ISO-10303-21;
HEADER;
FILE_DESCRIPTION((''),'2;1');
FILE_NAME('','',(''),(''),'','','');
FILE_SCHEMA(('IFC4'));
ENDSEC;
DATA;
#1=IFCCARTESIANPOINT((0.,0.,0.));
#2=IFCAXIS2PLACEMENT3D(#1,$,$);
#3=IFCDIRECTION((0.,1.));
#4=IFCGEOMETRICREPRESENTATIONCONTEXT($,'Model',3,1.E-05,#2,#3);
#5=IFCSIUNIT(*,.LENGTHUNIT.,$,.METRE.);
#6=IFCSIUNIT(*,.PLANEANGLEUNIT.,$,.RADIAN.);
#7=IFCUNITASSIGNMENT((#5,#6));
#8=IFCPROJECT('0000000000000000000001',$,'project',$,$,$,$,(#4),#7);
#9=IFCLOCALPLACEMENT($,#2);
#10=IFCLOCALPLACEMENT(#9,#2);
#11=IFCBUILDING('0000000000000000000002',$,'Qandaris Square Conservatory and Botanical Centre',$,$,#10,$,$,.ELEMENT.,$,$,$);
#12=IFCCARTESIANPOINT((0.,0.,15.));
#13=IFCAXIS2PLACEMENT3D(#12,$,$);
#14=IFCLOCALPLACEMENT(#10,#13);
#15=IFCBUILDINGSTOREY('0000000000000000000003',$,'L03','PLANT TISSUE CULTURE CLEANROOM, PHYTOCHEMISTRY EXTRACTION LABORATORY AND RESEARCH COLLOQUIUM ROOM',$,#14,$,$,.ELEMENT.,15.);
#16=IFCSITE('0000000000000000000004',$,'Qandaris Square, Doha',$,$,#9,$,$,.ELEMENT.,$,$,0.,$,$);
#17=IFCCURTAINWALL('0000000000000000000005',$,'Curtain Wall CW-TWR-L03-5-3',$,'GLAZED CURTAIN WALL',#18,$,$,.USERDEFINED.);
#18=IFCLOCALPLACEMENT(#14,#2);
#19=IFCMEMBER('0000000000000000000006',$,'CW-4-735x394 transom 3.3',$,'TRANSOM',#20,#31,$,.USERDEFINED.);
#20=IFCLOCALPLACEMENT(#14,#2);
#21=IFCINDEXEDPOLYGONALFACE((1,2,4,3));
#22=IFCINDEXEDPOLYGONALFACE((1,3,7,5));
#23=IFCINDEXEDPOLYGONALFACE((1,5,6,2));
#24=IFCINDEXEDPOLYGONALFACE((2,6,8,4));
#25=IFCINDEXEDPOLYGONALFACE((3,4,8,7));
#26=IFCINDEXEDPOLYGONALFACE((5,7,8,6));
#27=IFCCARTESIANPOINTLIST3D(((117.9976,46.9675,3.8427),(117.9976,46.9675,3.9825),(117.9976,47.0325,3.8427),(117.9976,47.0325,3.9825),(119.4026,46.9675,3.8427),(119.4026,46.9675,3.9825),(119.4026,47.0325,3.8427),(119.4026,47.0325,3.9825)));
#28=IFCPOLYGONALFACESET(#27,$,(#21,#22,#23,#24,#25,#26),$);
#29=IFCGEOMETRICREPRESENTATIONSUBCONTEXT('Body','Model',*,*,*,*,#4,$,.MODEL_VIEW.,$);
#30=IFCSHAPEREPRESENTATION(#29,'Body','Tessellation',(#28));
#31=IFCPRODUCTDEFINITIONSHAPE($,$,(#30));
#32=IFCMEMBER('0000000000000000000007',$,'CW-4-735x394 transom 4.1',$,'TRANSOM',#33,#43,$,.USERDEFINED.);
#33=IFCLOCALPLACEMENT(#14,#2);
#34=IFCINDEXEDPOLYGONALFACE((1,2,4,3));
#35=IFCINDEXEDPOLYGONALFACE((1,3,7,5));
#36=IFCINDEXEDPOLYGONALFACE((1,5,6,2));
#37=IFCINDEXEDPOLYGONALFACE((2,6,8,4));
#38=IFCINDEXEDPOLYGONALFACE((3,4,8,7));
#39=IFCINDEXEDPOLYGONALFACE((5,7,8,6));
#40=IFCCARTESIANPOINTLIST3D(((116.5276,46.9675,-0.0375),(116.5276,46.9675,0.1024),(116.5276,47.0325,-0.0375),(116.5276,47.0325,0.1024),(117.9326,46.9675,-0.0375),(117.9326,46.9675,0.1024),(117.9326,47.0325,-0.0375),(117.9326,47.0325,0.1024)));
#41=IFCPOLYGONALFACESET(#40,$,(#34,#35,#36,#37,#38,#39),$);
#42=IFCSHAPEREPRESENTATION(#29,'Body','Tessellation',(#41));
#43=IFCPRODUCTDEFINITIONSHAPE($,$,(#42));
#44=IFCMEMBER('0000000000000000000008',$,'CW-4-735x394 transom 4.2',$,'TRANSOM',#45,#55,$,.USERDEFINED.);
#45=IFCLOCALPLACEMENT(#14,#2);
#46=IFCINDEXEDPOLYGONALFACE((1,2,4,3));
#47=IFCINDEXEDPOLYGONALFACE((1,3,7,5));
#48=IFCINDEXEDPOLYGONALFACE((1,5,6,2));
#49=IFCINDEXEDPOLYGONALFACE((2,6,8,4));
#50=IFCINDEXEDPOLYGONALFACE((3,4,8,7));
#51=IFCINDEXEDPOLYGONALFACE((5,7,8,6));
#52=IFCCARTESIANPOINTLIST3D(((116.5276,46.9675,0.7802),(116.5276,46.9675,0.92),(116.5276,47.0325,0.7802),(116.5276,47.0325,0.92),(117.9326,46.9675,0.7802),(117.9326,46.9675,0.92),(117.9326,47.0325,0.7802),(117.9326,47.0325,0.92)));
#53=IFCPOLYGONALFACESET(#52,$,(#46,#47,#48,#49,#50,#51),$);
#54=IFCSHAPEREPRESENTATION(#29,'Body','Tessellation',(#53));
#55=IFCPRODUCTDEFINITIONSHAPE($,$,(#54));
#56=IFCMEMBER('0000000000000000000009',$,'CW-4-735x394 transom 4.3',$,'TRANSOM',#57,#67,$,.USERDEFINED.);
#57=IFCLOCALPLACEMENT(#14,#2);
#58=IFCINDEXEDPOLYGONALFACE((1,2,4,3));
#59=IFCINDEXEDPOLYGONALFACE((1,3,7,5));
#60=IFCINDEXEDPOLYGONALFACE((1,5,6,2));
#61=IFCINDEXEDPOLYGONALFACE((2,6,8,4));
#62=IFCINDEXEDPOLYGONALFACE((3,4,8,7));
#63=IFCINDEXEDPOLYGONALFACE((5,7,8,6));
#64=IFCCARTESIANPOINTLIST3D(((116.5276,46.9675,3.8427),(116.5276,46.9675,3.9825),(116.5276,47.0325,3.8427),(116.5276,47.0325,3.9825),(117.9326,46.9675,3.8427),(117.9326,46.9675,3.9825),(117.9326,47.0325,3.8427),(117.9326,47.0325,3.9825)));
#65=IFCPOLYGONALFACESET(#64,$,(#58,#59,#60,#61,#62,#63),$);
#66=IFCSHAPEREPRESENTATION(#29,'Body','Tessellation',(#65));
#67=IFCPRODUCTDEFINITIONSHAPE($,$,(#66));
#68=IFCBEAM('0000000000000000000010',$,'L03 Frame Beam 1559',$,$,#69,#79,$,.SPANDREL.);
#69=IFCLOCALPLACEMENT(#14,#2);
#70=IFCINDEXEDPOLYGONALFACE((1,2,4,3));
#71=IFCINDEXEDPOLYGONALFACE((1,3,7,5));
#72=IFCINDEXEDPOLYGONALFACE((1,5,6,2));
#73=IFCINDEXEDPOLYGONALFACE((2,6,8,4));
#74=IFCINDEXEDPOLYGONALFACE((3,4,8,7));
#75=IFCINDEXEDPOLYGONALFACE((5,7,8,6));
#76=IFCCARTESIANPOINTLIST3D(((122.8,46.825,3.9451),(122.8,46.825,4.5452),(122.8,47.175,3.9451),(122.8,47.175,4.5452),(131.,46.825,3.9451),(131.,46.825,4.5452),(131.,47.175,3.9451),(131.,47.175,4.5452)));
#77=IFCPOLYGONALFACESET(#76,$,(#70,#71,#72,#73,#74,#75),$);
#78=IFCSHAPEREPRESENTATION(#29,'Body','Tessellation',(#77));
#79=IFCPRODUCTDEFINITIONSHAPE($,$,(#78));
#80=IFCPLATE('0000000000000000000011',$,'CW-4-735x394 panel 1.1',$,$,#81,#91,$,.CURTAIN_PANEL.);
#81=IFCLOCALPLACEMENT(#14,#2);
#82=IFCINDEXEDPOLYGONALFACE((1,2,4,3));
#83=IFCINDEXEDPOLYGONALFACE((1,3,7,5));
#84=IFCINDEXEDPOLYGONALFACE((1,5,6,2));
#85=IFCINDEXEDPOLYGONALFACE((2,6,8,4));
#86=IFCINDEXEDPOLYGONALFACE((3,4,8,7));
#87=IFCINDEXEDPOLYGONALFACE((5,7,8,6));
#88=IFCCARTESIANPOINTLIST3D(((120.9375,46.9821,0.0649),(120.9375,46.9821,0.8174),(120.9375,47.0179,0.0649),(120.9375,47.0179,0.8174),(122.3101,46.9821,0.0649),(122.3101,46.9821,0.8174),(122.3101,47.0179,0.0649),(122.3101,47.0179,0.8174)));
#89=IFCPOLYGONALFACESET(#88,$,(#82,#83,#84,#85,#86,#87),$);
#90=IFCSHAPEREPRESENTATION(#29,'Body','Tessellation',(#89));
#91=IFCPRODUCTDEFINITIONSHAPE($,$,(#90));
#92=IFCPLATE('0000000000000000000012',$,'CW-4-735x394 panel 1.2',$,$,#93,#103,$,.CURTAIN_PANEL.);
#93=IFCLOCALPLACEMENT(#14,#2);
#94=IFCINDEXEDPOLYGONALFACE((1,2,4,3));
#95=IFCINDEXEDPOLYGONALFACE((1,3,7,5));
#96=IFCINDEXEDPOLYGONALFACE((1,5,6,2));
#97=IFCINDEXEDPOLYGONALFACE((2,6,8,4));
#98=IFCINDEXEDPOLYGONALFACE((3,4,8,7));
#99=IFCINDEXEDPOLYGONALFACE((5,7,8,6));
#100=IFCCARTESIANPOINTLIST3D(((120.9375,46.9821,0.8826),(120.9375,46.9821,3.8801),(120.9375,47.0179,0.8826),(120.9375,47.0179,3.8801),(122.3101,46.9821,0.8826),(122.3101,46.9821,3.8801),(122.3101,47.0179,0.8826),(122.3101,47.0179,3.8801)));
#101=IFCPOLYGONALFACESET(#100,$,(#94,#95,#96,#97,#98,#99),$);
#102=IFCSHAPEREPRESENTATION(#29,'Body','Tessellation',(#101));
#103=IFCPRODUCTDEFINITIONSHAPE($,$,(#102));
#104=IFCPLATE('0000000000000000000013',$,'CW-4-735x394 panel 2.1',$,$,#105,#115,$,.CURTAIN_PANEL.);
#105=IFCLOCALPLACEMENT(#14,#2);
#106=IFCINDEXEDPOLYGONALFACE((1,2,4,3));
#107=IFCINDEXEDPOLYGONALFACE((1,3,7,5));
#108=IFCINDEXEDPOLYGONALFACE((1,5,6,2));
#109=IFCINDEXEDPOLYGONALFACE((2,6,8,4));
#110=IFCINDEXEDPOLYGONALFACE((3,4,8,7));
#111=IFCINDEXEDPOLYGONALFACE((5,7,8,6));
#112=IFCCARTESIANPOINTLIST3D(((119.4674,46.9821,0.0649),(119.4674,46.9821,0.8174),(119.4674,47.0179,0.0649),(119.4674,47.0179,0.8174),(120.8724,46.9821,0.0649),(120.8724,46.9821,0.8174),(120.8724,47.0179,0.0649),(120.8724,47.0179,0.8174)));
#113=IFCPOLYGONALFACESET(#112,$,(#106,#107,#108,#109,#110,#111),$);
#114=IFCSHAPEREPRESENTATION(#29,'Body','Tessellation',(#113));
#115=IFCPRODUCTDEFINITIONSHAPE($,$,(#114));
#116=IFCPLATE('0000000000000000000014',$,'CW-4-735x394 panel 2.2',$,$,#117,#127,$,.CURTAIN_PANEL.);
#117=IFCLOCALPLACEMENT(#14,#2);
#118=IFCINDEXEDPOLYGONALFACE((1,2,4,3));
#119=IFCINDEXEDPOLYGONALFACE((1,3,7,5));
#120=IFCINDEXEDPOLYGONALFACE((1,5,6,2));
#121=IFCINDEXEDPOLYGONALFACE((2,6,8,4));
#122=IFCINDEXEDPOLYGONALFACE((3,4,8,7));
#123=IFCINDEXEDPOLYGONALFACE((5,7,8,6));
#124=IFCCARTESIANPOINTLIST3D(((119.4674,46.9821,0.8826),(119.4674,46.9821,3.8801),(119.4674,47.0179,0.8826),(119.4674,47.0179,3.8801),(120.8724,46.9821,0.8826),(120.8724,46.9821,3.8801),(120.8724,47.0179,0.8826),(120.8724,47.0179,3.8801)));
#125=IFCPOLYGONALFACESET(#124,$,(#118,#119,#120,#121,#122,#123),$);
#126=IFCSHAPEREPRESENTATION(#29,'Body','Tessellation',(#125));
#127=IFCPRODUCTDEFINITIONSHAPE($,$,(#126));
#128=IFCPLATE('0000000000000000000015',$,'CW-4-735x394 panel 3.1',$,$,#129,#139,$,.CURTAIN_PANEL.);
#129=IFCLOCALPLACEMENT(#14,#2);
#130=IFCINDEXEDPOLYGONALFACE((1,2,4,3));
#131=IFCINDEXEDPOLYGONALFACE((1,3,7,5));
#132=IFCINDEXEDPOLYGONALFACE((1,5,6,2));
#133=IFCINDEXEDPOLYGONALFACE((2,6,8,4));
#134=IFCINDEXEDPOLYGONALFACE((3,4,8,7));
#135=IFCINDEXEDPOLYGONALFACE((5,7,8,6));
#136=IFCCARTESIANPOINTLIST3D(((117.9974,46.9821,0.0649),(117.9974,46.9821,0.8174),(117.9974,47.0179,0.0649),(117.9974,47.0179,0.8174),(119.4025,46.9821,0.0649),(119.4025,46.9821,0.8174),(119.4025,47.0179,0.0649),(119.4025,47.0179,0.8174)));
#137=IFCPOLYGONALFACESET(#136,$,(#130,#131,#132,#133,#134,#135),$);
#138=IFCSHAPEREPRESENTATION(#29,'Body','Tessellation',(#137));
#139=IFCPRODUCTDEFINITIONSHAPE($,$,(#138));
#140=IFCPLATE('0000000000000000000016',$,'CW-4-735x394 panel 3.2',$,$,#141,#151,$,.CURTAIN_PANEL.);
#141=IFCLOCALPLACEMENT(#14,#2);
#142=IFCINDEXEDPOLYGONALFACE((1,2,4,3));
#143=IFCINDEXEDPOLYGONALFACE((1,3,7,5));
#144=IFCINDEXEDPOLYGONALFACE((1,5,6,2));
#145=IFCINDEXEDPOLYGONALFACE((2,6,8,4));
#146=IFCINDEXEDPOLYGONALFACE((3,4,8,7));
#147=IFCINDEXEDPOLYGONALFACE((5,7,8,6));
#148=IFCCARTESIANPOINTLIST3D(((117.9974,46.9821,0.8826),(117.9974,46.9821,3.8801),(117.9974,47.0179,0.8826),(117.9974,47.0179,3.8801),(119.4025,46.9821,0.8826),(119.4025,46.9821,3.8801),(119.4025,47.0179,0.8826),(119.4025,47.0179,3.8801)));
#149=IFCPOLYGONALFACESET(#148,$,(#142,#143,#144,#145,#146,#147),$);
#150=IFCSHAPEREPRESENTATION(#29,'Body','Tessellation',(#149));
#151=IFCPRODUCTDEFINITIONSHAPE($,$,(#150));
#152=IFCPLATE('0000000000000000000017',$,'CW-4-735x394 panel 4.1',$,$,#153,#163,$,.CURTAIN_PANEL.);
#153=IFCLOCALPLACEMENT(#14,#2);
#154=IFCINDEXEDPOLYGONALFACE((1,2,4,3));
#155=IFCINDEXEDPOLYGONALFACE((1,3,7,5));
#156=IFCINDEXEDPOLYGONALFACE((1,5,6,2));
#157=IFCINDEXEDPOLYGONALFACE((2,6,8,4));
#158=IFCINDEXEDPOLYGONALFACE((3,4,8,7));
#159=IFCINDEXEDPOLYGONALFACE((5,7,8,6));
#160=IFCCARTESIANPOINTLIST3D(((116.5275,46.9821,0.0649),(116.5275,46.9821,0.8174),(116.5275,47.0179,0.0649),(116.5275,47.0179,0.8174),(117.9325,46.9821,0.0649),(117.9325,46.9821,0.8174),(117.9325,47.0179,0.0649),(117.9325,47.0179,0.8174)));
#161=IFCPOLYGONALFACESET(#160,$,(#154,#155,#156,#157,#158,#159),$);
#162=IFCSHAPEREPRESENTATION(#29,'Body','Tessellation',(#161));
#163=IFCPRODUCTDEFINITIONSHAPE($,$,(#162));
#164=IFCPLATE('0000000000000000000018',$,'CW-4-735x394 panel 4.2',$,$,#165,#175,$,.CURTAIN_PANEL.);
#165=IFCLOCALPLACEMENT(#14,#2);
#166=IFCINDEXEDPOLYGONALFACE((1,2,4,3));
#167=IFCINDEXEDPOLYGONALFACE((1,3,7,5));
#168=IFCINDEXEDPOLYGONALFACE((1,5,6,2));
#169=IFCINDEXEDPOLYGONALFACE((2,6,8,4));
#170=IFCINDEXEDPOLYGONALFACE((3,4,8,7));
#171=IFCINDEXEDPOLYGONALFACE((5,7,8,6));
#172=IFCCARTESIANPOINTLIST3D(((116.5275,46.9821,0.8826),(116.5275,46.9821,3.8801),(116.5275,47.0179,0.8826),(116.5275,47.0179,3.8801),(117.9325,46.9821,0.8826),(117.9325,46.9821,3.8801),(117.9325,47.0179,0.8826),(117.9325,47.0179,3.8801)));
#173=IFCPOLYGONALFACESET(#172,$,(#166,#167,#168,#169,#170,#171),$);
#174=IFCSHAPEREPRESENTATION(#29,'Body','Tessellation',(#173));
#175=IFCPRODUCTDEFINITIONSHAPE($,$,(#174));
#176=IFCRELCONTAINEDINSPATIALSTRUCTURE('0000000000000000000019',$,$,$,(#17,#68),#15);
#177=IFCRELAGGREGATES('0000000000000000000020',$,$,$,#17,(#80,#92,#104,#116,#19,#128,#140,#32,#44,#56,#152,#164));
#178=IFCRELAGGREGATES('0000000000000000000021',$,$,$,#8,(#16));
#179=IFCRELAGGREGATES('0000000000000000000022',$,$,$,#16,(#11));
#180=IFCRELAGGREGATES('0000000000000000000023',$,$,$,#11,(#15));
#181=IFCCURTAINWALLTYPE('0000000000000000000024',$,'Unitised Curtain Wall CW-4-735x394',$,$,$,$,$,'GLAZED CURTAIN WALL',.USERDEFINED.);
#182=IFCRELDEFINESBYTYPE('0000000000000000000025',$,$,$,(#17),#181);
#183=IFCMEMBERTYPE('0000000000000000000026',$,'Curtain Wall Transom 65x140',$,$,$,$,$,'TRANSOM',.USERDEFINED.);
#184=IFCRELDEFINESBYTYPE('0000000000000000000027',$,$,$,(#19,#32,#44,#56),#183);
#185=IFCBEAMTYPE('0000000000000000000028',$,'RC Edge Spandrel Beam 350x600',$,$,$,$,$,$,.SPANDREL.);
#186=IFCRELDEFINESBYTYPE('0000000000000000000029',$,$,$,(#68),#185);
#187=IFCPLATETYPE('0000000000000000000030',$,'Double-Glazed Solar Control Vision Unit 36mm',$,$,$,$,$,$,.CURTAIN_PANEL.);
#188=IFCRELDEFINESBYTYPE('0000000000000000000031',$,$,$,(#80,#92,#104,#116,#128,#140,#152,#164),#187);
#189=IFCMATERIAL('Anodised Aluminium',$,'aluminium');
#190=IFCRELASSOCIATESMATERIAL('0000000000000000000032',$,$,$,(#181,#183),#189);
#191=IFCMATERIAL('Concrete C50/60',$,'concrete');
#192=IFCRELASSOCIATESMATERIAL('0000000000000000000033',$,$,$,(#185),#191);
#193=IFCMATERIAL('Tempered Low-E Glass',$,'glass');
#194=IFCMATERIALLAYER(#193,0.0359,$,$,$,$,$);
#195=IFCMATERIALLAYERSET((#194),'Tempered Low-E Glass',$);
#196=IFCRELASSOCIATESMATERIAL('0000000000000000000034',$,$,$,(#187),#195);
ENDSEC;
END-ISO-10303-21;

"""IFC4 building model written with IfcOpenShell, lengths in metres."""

from ifc_helpers import new_model, si_unit, direction, frame, origin, origin_2d, place, context, subcontext, project, spatial, rectangle, extrude, material, layer, layer_set, material_profile, profile_set, type_object, element, aggregate, save


model = new_model("IFC4")

# Units and contexts
model_context = context("Model", 3, precision=1e-05, world=origin(), true_north=direction((0.0, 1.0)))
body_context = subcontext(model_context, "Body", "Model", "MODEL_VIEW")
ifc_project = project(units=[si_unit("LENGTHUNIT", "METRE"), si_unit("PLANEANGLEUNIT", "RADIAN")], contexts=[model_context])

# Site, building, storey
site_placement = place(None, origin())
site = spatial("IfcSite", under=ifc_project, at=site_placement, Name="Qandaris Square, Doha", CompositionType="ELEMENT", RefElevation=0.0)
building_placement = place(site_placement, origin())
building = spatial("IfcBuilding", under=site, at=building_placement, Name="Qandaris Square Conservatory and Botanical Centre", CompositionType="ELEMENT")
storey_placement = place(building_placement, frame((0.0, 0.0, 15.0)))
storey = spatial("IfcBuildingStorey", under=building, at=storey_placement, Name="L03", Description="PLANT TISSUE CULTURE CLEANROOM, PHYTOCHEMISTRY EXTRACTION LABORATORY AND RESEARCH COLLOQUIUM ROOM", CompositionType="ELEMENT", Elevation=15.0)

# Shared definitions
ifc_material_1 = material(Name="Concrete C50/60", Category="concrete")

# Curtain wall, members
ifc_material_2 = material(Name="Anodised Aluminium", Category="aluminium")
curtain_wall_type = type_object("IfcCurtainWallType", Name="Unitised Curtain Wall CW-4-735x394", ElementType="GLAZED CURTAIN WALL", PredefinedType="USERDEFINED", material=ifc_material_2)
curtain_wall_placement = place(storey_placement, origin())
curtain_wall = element("IfcCurtainWall", 1, at=curtain_wall_placement, inside=storey, type_object=curtain_wall_type, Name="Curtain Wall CW-TWR-L03-5-3", ObjectType="GLAZED CURTAIN WALL", PredefinedType="USERDEFINED")
ifc_material_profile_1 = material_profile(ifc_material_2, rectangle(XDim=0.0649, YDim=0.1399, at=origin_2d()), Name="ALU-TRN 65x140")
ifc_profile_set_1 = profile_set([ifc_material_profile_1], Name="Anodised Aluminium")
member_type_1 = type_object("IfcMemberType", Name="Curtain Wall Transom 65x140", ElementType="TRANSOM", PredefinedType="USERDEFINED", material=ifc_profile_set_1)
member_1_placement = place(storey_placement, frame((119.4026, 47.0, 3.9126), z_axis=(-1.0, 0.0, 0.0), x_axis=(0.0, -1.0, 0.0)))
member_1 = element("IfcMember", 2, at=member_1_placement, type_object=member_type_1, Name="CW-4-735x394 transom 3.3", ObjectType="TRANSOM", PredefinedType="USERDEFINED", context=body_context, shape_type="SweptSolid", body=[
    extrude(rectangle(XDim=0.0649, YDim=0.1399, at=origin_2d()), origin(), (0.0, 0.0, 1.0), 1.405),
])
member_2_placement = place(storey_placement, frame((117.9326, 47.0, 0.0325), z_axis=(-1.0, 0.0, 0.0), x_axis=(0.0, -1.0, 0.0)))
member_2 = element("IfcMember", 3, at=member_2_placement, type_object=member_type_1, Name="CW-4-735x394 transom 4.1", ObjectType="TRANSOM", PredefinedType="USERDEFINED", context=body_context, shape_type="SweptSolid", body=[
    extrude(rectangle(XDim=0.0649, YDim=0.1399, at=origin_2d()), origin(), (0.0, 0.0, 1.0), 1.405),
])
member_3_placement = place(storey_placement, frame((117.9326, 47.0, 0.8501), z_axis=(-1.0, 0.0, 0.0), x_axis=(0.0, -1.0, 0.0)))
member_3 = element("IfcMember", 4, at=member_3_placement, type_object=member_type_1, Name="CW-4-735x394 transom 4.2", ObjectType="TRANSOM", PredefinedType="USERDEFINED", context=body_context, shape_type="SweptSolid", body=[
    extrude(rectangle(XDim=0.0649, YDim=0.1399, at=origin_2d()), origin(), (0.0, 0.0, 1.0), 1.405),
])
member_4_placement = place(storey_placement, frame((117.9326, 47.0, 3.9126), z_axis=(-1.0, 0.0, 0.0), x_axis=(0.0, -1.0, 0.0)))
member_4 = element("IfcMember", 5, at=member_4_placement, type_object=member_type_1, Name="CW-4-735x394 transom 4.3", ObjectType="TRANSOM", PredefinedType="USERDEFINED", context=body_context, shape_type="SweptSolid", body=[
    extrude(rectangle(XDim=0.0649, YDim=0.1399, at=origin_2d()), origin(), (0.0, 0.0, 1.0), 1.405),
])

# Beam
ifc_material_profile_2 = material_profile(ifc_material_1, rectangle(XDim=0.3501, YDim=0.6001, at=origin_2d()), Name="RC-SP 350x600")
ifc_profile_set_2 = profile_set([ifc_material_profile_2], Name="Concrete C50/60")
beam_type = type_object("IfcBeamType", Name="RC Edge Spandrel Beam 350x600", PredefinedType="SPANDREL", material=ifc_profile_set_2)
beam_placement = place(storey_placement, frame((122.8, 47.0, 4.2451), z_axis=(1.0, 0.0, 0.0), x_axis=(0.0, 1.0, 0.0)))
element("IfcBeam", 6, at=beam_placement, inside=storey, type_object=beam_type, Name="L03 Frame Beam 1559", PredefinedType="SPANDREL", context=body_context, shape_type="SweptSolid", body=[
    extrude(rectangle(XDim=0.3501, YDim=0.6001, at=origin_2d()), origin(), (0.0, 0.0, 1.0), 8.2),
])

# Plates
ifc_material_3 = material(Name="Tempered Low-E Glass", Category="glass")
ifc_layer_1 = layer(ifc_material_3, 0.0359)
ifc_layer_set_1 = layer_set([ifc_layer_1], Name="Tempered Low-E Glass")
plate_type = type_object("IfcPlateType", Name="Double-Glazed Solar Control Vision Unit 36mm", PredefinedType="CURTAIN_PANEL", material=ifc_layer_set_1)
plate_1_placement = place(storey_placement, frame((121.6238, 47.0, 0.0649), z_axis=(0.0, 0.0, 1.0), x_axis=(-1.0, 0.0, 0.0)))
plate_1 = element("IfcPlate", 7, at=plate_1_placement, type_object=plate_type, Name="CW-4-735x394 panel 1.1", PredefinedType="CURTAIN_PANEL", context=body_context, shape_type="SweptSolid", body=[
    extrude(rectangle(XDim=1.3726, YDim=0.0359, at=origin_2d()), origin(), (0.0, 0.0, 1.0), 0.7524),
])
plate_2_placement = place(storey_placement, frame((121.6238, 47.0, 0.8826), z_axis=(0.0, 0.0, 1.0), x_axis=(-1.0, 0.0, 0.0)))
plate_2 = element("IfcPlate", 8, at=plate_2_placement, type_object=plate_type, Name="CW-4-735x394 panel 1.2", PredefinedType="CURTAIN_PANEL", context=body_context, shape_type="SweptSolid", body=[
    extrude(rectangle(XDim=1.3726, YDim=0.0359, at=origin_2d()), origin(), (0.0, 0.0, 1.0), 2.9976),
])
plate_3_placement = place(storey_placement, frame((120.1699, 47.0, 0.0649), z_axis=(0.0, 0.0, 1.0), x_axis=(-1.0, 0.0, 0.0)))
plate_3 = element("IfcPlate", 9, at=plate_3_placement, type_object=plate_type, Name="CW-4-735x394 panel 2.1", PredefinedType="CURTAIN_PANEL", context=body_context, shape_type="SweptSolid", body=[
    extrude(rectangle(XDim=1.405, YDim=0.0359, at=origin_2d()), origin(), (0.0, 0.0, 1.0), 0.7524),
])
plate_4_placement = place(storey_placement, frame((120.1699, 47.0, 0.8826), z_axis=(0.0, 0.0, 1.0), x_axis=(-1.0, 0.0, 0.0)))
plate_4 = element("IfcPlate", 10, at=plate_4_placement, type_object=plate_type, Name="CW-4-735x394 panel 2.2", PredefinedType="CURTAIN_PANEL", context=body_context, shape_type="SweptSolid", body=[
    extrude(rectangle(XDim=1.405, YDim=0.0359, at=origin_2d()), origin(), (0.0, 0.0, 1.0), 2.9976),
])
plate_5_placement = place(storey_placement, frame((118.7, 47.0, 0.0649), z_axis=(0.0, 0.0, 1.0), x_axis=(-1.0, 0.0, 0.0)))
plate_5 = element("IfcPlate", 11, at=plate_5_placement, type_object=plate_type, Name="CW-4-735x394 panel 3.1", PredefinedType="CURTAIN_PANEL", context=body_context, shape_type="SweptSolid", body=[
    extrude(rectangle(XDim=1.405, YDim=0.0359, at=origin_2d()), origin(), (0.0, 0.0, 1.0), 0.7524),
])
plate_6_placement = place(storey_placement, frame((118.7, 47.0, 0.8826), z_axis=(0.0, 0.0, 1.0), x_axis=(-1.0, 0.0, 0.0)))
plate_6 = element("IfcPlate", 12, at=plate_6_placement, type_object=plate_type, Name="CW-4-735x394 panel 3.2", PredefinedType="CURTAIN_PANEL", context=body_context, shape_type="SweptSolid", body=[
    extrude(rectangle(XDim=1.405, YDim=0.0359, at=origin_2d()), origin(), (0.0, 0.0, 1.0), 2.9976),
])
plate_7_placement = place(storey_placement, frame((117.23, 47.0, 0.0649), z_axis=(0.0, 0.0, 1.0), x_axis=(-1.0, 0.0, 0.0)))
plate_7 = element("IfcPlate", 13, at=plate_7_placement, type_object=plate_type, Name="CW-4-735x394 panel 4.1", PredefinedType="CURTAIN_PANEL", context=body_context, shape_type="SweptSolid", body=[
    extrude(rectangle(XDim=1.405, YDim=0.0359, at=origin_2d()), origin(), (0.0, 0.0, 1.0), 0.7524),
])
plate_8_placement = place(storey_placement, frame((117.23, 47.0, 0.8826), z_axis=(0.0, 0.0, 1.0), x_axis=(-1.0, 0.0, 0.0)))
plate_8 = element("IfcPlate", 14, at=plate_8_placement, type_object=plate_type, Name="CW-4-735x394 panel 4.2", PredefinedType="CURTAIN_PANEL", context=body_context, shape_type="SweptSolid", body=[
    extrude(rectangle(XDim=1.405, YDim=0.0359, at=origin_2d()), origin(), (0.0, 0.0, 1.0), 2.9976),
])
aggregate(curtain_wall, [plate_1, plate_2, plate_3, plate_4, member_1, plate_5, plate_6, member_2, member_3, member_4, plate_7, plate_8])

save(model, "model.ifc")
